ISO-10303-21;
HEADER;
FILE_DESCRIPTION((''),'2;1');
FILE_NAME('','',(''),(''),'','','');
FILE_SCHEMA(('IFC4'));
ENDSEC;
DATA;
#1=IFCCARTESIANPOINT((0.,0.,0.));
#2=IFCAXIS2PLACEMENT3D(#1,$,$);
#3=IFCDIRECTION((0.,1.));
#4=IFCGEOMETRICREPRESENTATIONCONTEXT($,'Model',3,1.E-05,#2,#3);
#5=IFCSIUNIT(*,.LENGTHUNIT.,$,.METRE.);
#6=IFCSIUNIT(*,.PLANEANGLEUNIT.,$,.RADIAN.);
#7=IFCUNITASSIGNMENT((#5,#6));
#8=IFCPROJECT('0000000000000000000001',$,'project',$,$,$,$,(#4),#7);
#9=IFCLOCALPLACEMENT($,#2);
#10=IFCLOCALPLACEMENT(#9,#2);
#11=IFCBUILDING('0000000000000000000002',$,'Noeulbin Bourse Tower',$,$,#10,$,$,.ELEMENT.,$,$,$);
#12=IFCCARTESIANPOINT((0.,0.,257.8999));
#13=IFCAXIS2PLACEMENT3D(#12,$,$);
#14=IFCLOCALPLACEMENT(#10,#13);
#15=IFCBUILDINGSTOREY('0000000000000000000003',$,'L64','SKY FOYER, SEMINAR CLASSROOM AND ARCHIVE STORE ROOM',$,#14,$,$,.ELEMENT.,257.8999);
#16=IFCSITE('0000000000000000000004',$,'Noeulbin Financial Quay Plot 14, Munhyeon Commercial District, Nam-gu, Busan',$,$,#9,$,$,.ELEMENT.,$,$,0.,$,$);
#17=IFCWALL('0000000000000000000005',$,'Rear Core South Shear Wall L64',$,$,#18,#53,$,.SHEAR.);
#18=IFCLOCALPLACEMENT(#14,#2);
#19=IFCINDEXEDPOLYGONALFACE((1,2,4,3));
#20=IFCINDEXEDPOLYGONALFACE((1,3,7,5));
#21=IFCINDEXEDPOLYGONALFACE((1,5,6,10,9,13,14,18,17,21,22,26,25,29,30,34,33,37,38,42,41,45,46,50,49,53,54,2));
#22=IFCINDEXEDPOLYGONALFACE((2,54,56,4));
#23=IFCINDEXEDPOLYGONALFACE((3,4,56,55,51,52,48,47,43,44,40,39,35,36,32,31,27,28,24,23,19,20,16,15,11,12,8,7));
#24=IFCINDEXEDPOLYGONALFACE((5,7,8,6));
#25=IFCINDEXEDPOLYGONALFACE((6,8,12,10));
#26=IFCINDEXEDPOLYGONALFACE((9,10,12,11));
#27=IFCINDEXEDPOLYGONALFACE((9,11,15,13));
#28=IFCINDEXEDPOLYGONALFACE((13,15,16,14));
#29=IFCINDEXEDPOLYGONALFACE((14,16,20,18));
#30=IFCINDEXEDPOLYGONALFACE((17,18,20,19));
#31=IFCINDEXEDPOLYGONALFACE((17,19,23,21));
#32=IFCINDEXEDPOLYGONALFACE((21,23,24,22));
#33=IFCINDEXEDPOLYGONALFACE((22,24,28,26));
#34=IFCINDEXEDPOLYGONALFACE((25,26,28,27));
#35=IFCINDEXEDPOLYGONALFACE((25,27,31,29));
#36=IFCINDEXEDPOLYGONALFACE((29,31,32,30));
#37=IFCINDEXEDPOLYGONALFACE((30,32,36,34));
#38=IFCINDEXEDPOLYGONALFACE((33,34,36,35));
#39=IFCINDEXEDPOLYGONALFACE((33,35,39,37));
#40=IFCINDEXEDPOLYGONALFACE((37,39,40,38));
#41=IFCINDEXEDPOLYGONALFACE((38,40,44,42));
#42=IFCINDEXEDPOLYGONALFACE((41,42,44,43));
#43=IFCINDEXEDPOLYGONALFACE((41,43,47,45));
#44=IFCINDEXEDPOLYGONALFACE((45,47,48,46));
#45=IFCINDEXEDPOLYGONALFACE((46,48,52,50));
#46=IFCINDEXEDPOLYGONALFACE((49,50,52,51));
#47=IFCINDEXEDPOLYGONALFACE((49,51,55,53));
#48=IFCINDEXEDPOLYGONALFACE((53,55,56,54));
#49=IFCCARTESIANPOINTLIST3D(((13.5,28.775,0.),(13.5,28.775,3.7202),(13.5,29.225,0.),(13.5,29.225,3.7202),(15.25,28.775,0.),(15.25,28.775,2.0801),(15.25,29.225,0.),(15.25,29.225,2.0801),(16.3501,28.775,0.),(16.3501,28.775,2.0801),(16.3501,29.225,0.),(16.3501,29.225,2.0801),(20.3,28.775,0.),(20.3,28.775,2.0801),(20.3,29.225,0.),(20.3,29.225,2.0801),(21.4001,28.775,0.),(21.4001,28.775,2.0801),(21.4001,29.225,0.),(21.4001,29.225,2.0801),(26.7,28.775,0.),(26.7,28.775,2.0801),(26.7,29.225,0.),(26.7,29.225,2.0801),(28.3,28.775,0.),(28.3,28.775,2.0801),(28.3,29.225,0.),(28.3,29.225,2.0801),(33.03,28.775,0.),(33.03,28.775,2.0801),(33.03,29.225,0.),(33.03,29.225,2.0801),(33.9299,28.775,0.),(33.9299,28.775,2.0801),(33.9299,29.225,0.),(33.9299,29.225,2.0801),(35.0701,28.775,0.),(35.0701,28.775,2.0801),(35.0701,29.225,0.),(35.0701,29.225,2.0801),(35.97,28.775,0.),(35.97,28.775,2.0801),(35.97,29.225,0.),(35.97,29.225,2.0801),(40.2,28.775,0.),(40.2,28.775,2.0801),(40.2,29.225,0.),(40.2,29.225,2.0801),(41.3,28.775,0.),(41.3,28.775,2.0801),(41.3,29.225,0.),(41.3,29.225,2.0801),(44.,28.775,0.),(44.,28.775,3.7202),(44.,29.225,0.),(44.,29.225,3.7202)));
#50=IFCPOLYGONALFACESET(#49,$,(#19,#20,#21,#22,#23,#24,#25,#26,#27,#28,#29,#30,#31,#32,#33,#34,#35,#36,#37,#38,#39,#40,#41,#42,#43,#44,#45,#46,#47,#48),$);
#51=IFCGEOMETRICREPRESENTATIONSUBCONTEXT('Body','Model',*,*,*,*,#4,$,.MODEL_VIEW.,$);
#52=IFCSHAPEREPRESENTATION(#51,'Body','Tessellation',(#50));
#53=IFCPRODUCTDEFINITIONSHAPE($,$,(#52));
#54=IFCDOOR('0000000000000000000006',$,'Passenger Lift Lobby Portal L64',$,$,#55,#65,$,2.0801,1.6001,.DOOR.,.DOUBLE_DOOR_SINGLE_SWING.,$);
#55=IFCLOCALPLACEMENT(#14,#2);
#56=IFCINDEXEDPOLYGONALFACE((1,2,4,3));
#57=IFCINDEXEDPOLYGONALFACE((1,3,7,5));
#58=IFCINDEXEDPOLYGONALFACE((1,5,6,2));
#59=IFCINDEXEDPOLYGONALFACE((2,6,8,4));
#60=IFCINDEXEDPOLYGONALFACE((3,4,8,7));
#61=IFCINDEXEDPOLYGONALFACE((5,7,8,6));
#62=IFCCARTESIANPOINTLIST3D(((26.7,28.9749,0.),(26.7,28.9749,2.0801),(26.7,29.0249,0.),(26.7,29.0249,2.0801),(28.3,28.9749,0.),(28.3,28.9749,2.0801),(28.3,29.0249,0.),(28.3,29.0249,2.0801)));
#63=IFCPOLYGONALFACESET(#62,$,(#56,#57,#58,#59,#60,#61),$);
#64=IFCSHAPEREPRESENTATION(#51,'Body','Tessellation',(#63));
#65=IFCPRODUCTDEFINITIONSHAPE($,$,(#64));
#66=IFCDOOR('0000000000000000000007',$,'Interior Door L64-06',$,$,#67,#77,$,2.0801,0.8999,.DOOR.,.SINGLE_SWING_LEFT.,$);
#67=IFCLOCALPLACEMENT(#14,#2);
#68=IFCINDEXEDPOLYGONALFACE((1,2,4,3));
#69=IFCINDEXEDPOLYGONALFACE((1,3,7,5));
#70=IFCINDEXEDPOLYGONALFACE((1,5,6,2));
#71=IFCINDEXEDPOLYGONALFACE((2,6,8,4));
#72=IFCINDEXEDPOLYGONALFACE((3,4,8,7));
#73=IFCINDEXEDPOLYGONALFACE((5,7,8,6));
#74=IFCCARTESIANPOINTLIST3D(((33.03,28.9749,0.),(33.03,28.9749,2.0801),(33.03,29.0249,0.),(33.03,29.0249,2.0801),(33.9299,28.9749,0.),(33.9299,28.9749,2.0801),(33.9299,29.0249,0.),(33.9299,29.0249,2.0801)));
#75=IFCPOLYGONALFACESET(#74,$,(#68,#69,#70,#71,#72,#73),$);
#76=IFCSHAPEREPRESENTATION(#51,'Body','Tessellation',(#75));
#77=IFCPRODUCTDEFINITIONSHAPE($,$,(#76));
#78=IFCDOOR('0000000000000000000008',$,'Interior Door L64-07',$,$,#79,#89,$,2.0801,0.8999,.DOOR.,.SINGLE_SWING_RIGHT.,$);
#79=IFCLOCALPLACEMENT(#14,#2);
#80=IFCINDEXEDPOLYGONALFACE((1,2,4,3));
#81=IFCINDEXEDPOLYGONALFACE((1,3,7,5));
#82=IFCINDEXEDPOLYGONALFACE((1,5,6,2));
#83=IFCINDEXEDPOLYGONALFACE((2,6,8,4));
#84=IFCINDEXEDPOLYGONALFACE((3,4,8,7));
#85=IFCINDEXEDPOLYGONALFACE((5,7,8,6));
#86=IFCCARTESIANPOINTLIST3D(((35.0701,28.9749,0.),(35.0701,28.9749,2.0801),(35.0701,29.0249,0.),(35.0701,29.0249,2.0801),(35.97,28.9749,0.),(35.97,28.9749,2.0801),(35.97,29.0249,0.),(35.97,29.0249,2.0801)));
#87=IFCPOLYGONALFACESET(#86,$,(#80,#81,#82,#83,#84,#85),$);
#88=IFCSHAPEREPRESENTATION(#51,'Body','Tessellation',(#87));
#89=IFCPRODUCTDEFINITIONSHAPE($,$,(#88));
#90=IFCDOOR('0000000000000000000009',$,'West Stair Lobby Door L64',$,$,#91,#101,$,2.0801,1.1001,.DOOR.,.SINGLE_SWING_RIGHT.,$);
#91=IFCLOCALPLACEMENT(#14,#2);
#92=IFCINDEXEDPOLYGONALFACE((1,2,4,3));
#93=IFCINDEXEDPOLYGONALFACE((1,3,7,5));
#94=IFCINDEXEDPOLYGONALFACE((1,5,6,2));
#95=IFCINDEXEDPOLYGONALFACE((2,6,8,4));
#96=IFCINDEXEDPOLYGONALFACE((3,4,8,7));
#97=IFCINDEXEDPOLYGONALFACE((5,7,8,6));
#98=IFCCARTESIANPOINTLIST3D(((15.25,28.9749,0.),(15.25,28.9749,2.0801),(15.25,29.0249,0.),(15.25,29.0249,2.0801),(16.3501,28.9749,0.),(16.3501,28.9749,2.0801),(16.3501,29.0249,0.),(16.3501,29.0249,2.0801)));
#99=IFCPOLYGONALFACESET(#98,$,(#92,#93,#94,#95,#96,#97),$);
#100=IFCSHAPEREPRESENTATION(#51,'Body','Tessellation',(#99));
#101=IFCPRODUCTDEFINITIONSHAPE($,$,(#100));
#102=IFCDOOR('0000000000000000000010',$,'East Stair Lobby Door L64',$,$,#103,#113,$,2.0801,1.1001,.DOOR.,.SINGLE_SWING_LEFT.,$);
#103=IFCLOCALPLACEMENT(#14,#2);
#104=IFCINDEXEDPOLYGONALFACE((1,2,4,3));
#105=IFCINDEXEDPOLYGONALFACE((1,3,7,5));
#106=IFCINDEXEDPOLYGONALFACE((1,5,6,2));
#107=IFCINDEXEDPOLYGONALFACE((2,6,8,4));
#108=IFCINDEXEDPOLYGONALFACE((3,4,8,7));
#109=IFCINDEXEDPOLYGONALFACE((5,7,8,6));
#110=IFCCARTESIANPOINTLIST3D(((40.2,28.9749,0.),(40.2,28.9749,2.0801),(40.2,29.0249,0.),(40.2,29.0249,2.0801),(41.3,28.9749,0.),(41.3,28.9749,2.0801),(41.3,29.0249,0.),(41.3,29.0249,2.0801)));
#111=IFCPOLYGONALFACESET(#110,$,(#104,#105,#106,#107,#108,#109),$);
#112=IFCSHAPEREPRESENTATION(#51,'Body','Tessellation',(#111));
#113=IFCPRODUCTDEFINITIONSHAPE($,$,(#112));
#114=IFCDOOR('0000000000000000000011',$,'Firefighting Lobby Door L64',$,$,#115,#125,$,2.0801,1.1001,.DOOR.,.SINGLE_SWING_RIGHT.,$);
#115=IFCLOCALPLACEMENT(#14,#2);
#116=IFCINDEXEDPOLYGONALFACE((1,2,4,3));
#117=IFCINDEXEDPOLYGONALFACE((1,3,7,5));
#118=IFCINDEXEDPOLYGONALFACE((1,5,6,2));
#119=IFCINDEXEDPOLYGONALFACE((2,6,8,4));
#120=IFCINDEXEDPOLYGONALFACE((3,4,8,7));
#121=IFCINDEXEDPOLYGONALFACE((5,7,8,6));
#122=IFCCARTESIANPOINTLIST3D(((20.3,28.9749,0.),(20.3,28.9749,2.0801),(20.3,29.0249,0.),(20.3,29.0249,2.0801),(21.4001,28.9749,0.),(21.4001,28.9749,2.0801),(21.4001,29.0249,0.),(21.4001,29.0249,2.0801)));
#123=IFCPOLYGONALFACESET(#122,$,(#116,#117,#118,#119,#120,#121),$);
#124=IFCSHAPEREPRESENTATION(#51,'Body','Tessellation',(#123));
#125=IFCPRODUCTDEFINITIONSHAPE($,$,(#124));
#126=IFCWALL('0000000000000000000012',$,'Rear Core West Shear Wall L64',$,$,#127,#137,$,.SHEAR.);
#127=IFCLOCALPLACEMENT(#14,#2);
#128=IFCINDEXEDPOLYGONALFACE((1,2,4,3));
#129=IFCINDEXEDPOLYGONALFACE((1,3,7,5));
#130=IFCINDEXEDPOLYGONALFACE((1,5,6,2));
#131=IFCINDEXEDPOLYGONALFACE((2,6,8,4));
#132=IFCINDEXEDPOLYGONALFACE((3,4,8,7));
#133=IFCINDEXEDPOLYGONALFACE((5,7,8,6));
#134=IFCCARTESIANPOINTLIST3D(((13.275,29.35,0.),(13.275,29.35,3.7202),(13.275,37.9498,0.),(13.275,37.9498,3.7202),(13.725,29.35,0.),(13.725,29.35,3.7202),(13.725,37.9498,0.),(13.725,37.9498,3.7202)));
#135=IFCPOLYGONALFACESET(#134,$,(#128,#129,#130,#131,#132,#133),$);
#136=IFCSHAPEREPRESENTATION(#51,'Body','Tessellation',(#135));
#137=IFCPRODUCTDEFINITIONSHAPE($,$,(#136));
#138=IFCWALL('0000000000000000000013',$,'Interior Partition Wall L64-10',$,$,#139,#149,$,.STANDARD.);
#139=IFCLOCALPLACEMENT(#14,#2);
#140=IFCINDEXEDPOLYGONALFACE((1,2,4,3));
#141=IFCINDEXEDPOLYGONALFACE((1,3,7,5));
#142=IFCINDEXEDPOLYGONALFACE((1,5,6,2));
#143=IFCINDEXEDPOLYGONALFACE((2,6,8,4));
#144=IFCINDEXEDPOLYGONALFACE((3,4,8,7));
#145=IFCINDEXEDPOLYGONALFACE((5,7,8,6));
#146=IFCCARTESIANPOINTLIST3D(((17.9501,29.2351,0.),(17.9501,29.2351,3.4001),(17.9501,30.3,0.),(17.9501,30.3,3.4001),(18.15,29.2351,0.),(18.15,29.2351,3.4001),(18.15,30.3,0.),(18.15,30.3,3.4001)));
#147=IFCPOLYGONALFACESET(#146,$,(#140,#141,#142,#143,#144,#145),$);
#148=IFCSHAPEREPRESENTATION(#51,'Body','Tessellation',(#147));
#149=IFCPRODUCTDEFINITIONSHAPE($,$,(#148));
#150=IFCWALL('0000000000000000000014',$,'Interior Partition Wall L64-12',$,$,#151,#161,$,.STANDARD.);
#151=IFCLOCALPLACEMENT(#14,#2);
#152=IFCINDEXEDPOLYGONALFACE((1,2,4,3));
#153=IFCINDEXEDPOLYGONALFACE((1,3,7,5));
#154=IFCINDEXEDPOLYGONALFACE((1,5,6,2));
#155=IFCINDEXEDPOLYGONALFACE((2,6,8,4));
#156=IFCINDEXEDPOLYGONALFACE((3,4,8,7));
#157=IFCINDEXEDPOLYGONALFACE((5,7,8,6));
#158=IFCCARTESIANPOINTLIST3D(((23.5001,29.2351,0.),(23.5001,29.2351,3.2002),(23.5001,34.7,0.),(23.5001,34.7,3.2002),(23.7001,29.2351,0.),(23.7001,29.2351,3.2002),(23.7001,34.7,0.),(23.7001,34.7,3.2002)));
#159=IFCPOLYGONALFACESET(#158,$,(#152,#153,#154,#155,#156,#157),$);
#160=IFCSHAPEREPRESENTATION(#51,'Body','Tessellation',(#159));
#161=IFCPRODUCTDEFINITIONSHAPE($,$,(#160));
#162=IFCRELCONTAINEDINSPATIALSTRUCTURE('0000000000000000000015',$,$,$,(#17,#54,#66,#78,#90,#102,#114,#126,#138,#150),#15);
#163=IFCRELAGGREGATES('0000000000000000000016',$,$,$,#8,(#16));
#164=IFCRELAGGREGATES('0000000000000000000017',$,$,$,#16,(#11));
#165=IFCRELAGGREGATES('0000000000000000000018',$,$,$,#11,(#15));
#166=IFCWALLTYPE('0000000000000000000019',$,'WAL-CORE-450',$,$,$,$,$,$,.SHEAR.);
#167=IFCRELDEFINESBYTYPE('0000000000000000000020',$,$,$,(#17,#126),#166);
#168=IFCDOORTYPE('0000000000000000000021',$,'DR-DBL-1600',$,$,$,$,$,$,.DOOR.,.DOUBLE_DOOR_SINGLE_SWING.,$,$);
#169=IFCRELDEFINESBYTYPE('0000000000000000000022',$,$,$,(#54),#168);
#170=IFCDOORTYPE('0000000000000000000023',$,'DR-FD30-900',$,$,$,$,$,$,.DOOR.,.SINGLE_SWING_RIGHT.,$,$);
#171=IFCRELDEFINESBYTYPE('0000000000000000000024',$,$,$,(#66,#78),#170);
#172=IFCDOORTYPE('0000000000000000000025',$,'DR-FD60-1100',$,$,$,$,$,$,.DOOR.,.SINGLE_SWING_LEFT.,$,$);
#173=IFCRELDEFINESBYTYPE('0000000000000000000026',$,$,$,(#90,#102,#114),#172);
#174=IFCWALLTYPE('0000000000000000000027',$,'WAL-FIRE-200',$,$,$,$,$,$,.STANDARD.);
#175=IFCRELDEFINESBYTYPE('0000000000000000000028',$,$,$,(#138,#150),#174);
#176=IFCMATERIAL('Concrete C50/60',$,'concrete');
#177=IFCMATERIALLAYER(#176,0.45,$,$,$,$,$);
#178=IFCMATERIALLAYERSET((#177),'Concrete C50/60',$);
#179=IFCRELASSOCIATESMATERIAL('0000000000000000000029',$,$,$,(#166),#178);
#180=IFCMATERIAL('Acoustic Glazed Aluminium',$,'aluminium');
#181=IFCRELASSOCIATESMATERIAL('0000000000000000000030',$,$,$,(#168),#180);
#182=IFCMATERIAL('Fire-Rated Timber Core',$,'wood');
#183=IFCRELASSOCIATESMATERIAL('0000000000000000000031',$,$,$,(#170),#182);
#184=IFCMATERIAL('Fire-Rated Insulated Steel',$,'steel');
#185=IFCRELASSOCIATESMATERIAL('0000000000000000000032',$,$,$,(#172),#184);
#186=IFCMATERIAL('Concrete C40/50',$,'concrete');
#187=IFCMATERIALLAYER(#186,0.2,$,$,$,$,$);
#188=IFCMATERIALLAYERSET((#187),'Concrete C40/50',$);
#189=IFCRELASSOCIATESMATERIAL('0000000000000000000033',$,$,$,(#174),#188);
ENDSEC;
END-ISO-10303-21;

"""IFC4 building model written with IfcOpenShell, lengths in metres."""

from ifc_helpers import new_model, si_unit, direction, frame, frame_2d, origin, place, context, subcontext, project, spatial, rectangle, extrude, material, layer, layer_set, type_object, element, fill, save


model = new_model("IFC4")

# Units and contexts
model_context = context("Model", 3, precision=1e-05, world=origin(), true_north=direction((0.0, 1.0)))
body_context = subcontext(model_context, "Body", "Model", "MODEL_VIEW")
ifc_project = project(units=[si_unit("LENGTHUNIT", "METRE"), si_unit("PLANEANGLEUNIT", "RADIAN")], contexts=[model_context])

# Site, building, storey
site_placement = place(None, origin())
site = spatial("IfcSite", under=ifc_project, at=site_placement, Name="Noeulbin Financial Quay Plot 14, Munhyeon Commercial District, Nam-gu, Busan", CompositionType="ELEMENT", RefElevation=0.0)
building_placement = place(site_placement, origin())
building = spatial("IfcBuilding", under=site, at=building_placement, Name="Noeulbin Bourse Tower", CompositionType="ELEMENT")
storey_placement = place(building_placement, frame((0.0, 0.0, 257.8999)))
storey = spatial("IfcBuildingStorey", under=building, at=storey_placement, Name="L64", Description="SKY FOYER, SEMINAR CLASSROOM AND ARCHIVE STORE ROOM", CompositionType="ELEMENT", Elevation=257.8999)

# Wall, openings, doors
ifc_material_1 = material(Name="Concrete C50/60", Category="concrete")
ifc_layer_1 = layer(ifc_material_1, 0.45)
ifc_layer_set_1 = layer_set([ifc_layer_1], Name="Concrete C50/60")
wall_type_1 = type_object("IfcWallType", Name="WAL-CORE-450", PredefinedType="SHEAR", material=ifc_layer_set_1)
wall_1_placement = place(storey_placement, frame((13.5, 29.0, 0.0), z_axis=(0.0, 0.0, 1.0), x_axis=(1.0, 0.0, 0.0)))
wall_1 = element("IfcWall", 1, at=wall_1_placement, inside=storey, type_object=wall_type_1, Name="Rear Core South Shear Wall L64", PredefinedType="SHEAR", context=body_context, shape_type="SweptSolid", body=[
    extrude(rectangle(XDim=30.5, YDim=0.45, at=frame_2d((15.25, 0.0))), origin(), (0.0, 0.0, 1.0), 3.7202),
])
opening_1_placement = place(wall_1_placement, frame((1.75, 0.0, 0.0)))
opening_1 = element("IfcOpeningElement", 2, at=opening_1_placement, cuts=wall_1, PredefinedType="OPENING", context=body_context, shape_type="SweptSolid", body=[
    extrude(rectangle(XDim=1.1001, YDim=2.0801, at=frame_2d((0.55, 1.04))), frame((0.0, 0.2349, 0.0), z_axis=(0.0, -1.0, 0.0), x_axis=(1.0, 0.0, 0.0)), (0.0, 0.0, 1.0), 0.47),
])
opening_2_placement = place(wall_1_placement, frame((26.7, 0.0, 0.0)))
opening_2 = element("IfcOpeningElement", 3, at=opening_2_placement, cuts=wall_1, PredefinedType="OPENING", context=body_context, shape_type="SweptSolid", body=[
    extrude(rectangle(XDim=1.1001, YDim=2.0801, at=frame_2d((0.55, 1.04))), frame((0.0, 0.2349, 0.0), z_axis=(0.0, -1.0, 0.0), x_axis=(1.0, 0.0, 0.0)), (0.0, 0.0, 1.0), 0.47),
])
opening_3_placement = place(wall_1_placement, frame((6.8, 0.0, 0.0)))
opening_3 = element("IfcOpeningElement", 4, at=opening_3_placement, cuts=wall_1, PredefinedType="OPENING", context=body_context, shape_type="SweptSolid", body=[
    extrude(rectangle(XDim=1.1001, YDim=2.0801, at=frame_2d((0.55, 1.04))), frame((0.0, 0.2349, 0.0), z_axis=(0.0, -1.0, 0.0), x_axis=(1.0, 0.0, 0.0)), (0.0, 0.0, 1.0), 0.47),
])
opening_4_placement = place(wall_1_placement, frame((13.2, 0.0, 0.0)))
opening_4 = element("IfcOpeningElement", 5, at=opening_4_placement, cuts=wall_1, PredefinedType="OPENING", context=body_context, shape_type="SweptSolid", body=[
    extrude(rectangle(XDim=1.6001, YDim=2.0801, at=frame_2d((0.8, 1.04))), frame((0.0, 0.2349, 0.0), z_axis=(0.0, -1.0, 0.0), x_axis=(1.0, 0.0, 0.0)), (0.0, 0.0, 1.0), 0.47),
])
opening_5_placement = place(wall_1_placement, frame((19.53, 0.0, 0.0)))
opening_5 = element("IfcOpeningElement", 6, at=opening_5_placement, cuts=wall_1, PredefinedType="OPENING", context=body_context, shape_type="SweptSolid", body=[
    extrude(rectangle(XDim=0.8999, YDim=2.0801, at=frame_2d((0.45, 1.04))), frame((0.0, 0.2349, 0.0), z_axis=(0.0, -1.0, 0.0), x_axis=(1.0, 0.0, 0.0)), (0.0, 0.0, 1.0), 0.47),
])
opening_6_placement = place(wall_1_placement, frame((21.5701, 0.0, 0.0)))
opening_6 = element("IfcOpeningElement", 7, at=opening_6_placement, cuts=wall_1, PredefinedType="OPENING", context=body_context, shape_type="SweptSolid", body=[
    extrude(rectangle(XDim=0.8999, YDim=2.0801, at=frame_2d((0.45, 1.04))), frame((0.0, 0.2349, 0.0), z_axis=(0.0, -1.0, 0.0), x_axis=(1.0, 0.0, 0.0)), (0.0, 0.0, 1.0), 0.47),
])
ifc_material_2 = material(Name="Acoustic Glazed Aluminium", Category="aluminium")
door_type_1 = type_object("IfcDoorType", Name="DR-DBL-1600", OperationType="DOUBLE_DOOR_SINGLE_SWING", PredefinedType="DOOR", material=ifc_material_2)
door_1_placement = place(opening_4_placement, origin())
door_1 = element("IfcDoor", 8, at=door_1_placement, inside=storey, type_object=door_type_1, Name="Passenger Lift Lobby Portal L64", OperationType="DOUBLE_DOOR_SINGLE_SWING", OverallHeight=2.0801, OverallWidth=1.6001, PredefinedType="DOOR", context=body_context, shape_type="SweptSolid", body=[
    extrude(rectangle(XDim=1.6001, YDim=2.0801, at=frame_2d((0.8, 1.04))), frame((0.0, 0.0249, 0.0), z_axis=(0.0, -1.0, 0.0), x_axis=(1.0, 0.0, 0.0)), (0.0, 0.0, 1.0), 0.05),
])
fill(opening_4, door_1)
ifc_material_3 = material(Name="Fire-Rated Timber Core", Category="wood")
door_type_2 = type_object("IfcDoorType", Name="DR-FD30-900", OperationType="SINGLE_SWING_RIGHT", PredefinedType="DOOR", material=ifc_material_3)
door_2_placement = place(opening_5_placement, origin())
door_2 = element("IfcDoor", 9, at=door_2_placement, inside=storey, type_object=door_type_2, Name="Interior Door L64-06", OperationType="SINGLE_SWING_LEFT", OverallHeight=2.0801, OverallWidth=0.8999, PredefinedType="DOOR", context=body_context, shape_type="SweptSolid", body=[
    extrude(rectangle(XDim=0.8999, YDim=2.0801, at=frame_2d((0.45, 1.04))), frame((0.0, 0.0249, 0.0), z_axis=(0.0, -1.0, 0.0), x_axis=(1.0, 0.0, 0.0)), (0.0, 0.0, 1.0), 0.05),
])
fill(opening_5, door_2)
door_3_placement = place(opening_6_placement, origin())
door_3 = element("IfcDoor", 10, at=door_3_placement, inside=storey, type_object=door_type_2, Name="Interior Door L64-07", OperationType="SINGLE_SWING_RIGHT", OverallHeight=2.0801, OverallWidth=0.8999, PredefinedType="DOOR", context=body_context, shape_type="SweptSolid", body=[
    extrude(rectangle(XDim=0.8999, YDim=2.0801, at=frame_2d((0.45, 1.04))), frame((0.0, 0.0249, 0.0), z_axis=(0.0, -1.0, 0.0), x_axis=(1.0, 0.0, 0.0)), (0.0, 0.0, 1.0), 0.05),
])
fill(opening_6, door_3)
ifc_material_4 = material(Name="Fire-Rated Insulated Steel", Category="steel")
door_type_3 = type_object("IfcDoorType", Name="DR-FD60-1100", OperationType="SINGLE_SWING_LEFT", PredefinedType="DOOR", material=ifc_material_4)
door_4_placement = place(opening_1_placement, origin())
door_4 = element("IfcDoor", 11, at=door_4_placement, inside=storey, type_object=door_type_3, Name="West Stair Lobby Door L64", OperationType="SINGLE_SWING_RIGHT", OverallHeight=2.0801, OverallWidth=1.1001, PredefinedType="DOOR", context=body_context, shape_type="SweptSolid", body=[
    extrude(rectangle(XDim=1.1001, YDim=2.0801, at=frame_2d((0.55, 1.04))), frame((0.0, 0.0249, 0.0), z_axis=(0.0, -1.0, 0.0), x_axis=(1.0, 0.0, 0.0)), (0.0, 0.0, 1.0), 0.05),
])
fill(opening_1, door_4)
door_5_placement = place(opening_2_placement, origin())
door_5 = element("IfcDoor", 12, at=door_5_placement, inside=storey, type_object=door_type_3, Name="East Stair Lobby Door L64", OperationType="SINGLE_SWING_LEFT", OverallHeight=2.0801, OverallWidth=1.1001, PredefinedType="DOOR", context=body_context, shape_type="SweptSolid", body=[
    extrude(rectangle(XDim=1.1001, YDim=2.0801, at=frame_2d((0.55, 1.04))), frame((0.0, 0.0249, 0.0), z_axis=(0.0, -1.0, 0.0), x_axis=(1.0, 0.0, 0.0)), (0.0, 0.0, 1.0), 0.05),
])
fill(opening_2, door_5)
door_6_placement = place(opening_3_placement, origin())
door_6 = element("IfcDoor", 13, at=door_6_placement, inside=storey, type_object=door_type_3, Name="Firefighting Lobby Door L64", OperationType="SINGLE_SWING_RIGHT", OverallHeight=2.0801, OverallWidth=1.1001, PredefinedType="DOOR", context=body_context, shape_type="SweptSolid", body=[
    extrude(rectangle(XDim=1.1001, YDim=2.0801, at=frame_2d((0.55, 1.04))), frame((0.0, 0.0249, 0.0), z_axis=(0.0, -1.0, 0.0), x_axis=(1.0, 0.0, 0.0)), (0.0, 0.0, 1.0), 0.05),
])
fill(opening_3, door_6)

# Walls
wall_2_placement = place(storey_placement, frame((13.5, 29.3501, 0.0), z_axis=(0.0, 0.0, 1.0), x_axis=(0.0, 1.0, 0.0)))
element("IfcWall", 14, at=wall_2_placement, inside=storey, type_object=wall_type_1, Name="Rear Core West Shear Wall L64", PredefinedType="SHEAR", context=body_context, shape_type="SweptSolid", body=[
    extrude(rectangle(XDim=8.5999, YDim=0.45, at=frame_2d((4.2998, 0.0))), origin(), (0.0, 0.0, 1.0), 3.7202),
])
ifc_material_5 = material(Name="Concrete C40/50", Category="concrete")
ifc_layer_2 = layer(ifc_material_5, 0.2)
ifc_layer_set_2 = layer_set([ifc_layer_2], Name="Concrete C40/50")
wall_type_2 = type_object("IfcWallType", Name="WAL-FIRE-200", PredefinedType="STANDARD", material=ifc_layer_set_2)
wall_3_placement = place(storey_placement, frame((18.05, 29.2351, 0.0), z_axis=(0.0, 0.0, 1.0), x_axis=(0.0, 1.0, 0.0)))
element("IfcWall", 15, at=wall_3_placement, inside=storey, type_object=wall_type_2, Name="Interior Partition Wall L64-10", PredefinedType="STANDARD", context=body_context, shape_type="SweptSolid", body=[
    extrude(rectangle(XDim=1.0649, YDim=0.2, at=frame_2d((0.5325, 0.0))), origin(), (0.0, 0.0, 1.0), 3.4001),
])
wall_4_placement = place(storey_placement, frame((23.6001, 29.2351, 0.0), z_axis=(0.0, 0.0, 1.0), x_axis=(0.0, 1.0, 0.0)))
element("IfcWall", 16, at=wall_4_placement, inside=storey, type_object=wall_type_2, Name="Interior Partition Wall L64-12", PredefinedType="STANDARD", context=body_context, shape_type="SweptSolid", body=[
    extrude(rectangle(XDim=5.4648, YDim=0.2, at=frame_2d((2.7324, 0.0))), origin(), (0.0, 0.0, 1.0), 3.2002),
])

save(model, "model.ifc")
